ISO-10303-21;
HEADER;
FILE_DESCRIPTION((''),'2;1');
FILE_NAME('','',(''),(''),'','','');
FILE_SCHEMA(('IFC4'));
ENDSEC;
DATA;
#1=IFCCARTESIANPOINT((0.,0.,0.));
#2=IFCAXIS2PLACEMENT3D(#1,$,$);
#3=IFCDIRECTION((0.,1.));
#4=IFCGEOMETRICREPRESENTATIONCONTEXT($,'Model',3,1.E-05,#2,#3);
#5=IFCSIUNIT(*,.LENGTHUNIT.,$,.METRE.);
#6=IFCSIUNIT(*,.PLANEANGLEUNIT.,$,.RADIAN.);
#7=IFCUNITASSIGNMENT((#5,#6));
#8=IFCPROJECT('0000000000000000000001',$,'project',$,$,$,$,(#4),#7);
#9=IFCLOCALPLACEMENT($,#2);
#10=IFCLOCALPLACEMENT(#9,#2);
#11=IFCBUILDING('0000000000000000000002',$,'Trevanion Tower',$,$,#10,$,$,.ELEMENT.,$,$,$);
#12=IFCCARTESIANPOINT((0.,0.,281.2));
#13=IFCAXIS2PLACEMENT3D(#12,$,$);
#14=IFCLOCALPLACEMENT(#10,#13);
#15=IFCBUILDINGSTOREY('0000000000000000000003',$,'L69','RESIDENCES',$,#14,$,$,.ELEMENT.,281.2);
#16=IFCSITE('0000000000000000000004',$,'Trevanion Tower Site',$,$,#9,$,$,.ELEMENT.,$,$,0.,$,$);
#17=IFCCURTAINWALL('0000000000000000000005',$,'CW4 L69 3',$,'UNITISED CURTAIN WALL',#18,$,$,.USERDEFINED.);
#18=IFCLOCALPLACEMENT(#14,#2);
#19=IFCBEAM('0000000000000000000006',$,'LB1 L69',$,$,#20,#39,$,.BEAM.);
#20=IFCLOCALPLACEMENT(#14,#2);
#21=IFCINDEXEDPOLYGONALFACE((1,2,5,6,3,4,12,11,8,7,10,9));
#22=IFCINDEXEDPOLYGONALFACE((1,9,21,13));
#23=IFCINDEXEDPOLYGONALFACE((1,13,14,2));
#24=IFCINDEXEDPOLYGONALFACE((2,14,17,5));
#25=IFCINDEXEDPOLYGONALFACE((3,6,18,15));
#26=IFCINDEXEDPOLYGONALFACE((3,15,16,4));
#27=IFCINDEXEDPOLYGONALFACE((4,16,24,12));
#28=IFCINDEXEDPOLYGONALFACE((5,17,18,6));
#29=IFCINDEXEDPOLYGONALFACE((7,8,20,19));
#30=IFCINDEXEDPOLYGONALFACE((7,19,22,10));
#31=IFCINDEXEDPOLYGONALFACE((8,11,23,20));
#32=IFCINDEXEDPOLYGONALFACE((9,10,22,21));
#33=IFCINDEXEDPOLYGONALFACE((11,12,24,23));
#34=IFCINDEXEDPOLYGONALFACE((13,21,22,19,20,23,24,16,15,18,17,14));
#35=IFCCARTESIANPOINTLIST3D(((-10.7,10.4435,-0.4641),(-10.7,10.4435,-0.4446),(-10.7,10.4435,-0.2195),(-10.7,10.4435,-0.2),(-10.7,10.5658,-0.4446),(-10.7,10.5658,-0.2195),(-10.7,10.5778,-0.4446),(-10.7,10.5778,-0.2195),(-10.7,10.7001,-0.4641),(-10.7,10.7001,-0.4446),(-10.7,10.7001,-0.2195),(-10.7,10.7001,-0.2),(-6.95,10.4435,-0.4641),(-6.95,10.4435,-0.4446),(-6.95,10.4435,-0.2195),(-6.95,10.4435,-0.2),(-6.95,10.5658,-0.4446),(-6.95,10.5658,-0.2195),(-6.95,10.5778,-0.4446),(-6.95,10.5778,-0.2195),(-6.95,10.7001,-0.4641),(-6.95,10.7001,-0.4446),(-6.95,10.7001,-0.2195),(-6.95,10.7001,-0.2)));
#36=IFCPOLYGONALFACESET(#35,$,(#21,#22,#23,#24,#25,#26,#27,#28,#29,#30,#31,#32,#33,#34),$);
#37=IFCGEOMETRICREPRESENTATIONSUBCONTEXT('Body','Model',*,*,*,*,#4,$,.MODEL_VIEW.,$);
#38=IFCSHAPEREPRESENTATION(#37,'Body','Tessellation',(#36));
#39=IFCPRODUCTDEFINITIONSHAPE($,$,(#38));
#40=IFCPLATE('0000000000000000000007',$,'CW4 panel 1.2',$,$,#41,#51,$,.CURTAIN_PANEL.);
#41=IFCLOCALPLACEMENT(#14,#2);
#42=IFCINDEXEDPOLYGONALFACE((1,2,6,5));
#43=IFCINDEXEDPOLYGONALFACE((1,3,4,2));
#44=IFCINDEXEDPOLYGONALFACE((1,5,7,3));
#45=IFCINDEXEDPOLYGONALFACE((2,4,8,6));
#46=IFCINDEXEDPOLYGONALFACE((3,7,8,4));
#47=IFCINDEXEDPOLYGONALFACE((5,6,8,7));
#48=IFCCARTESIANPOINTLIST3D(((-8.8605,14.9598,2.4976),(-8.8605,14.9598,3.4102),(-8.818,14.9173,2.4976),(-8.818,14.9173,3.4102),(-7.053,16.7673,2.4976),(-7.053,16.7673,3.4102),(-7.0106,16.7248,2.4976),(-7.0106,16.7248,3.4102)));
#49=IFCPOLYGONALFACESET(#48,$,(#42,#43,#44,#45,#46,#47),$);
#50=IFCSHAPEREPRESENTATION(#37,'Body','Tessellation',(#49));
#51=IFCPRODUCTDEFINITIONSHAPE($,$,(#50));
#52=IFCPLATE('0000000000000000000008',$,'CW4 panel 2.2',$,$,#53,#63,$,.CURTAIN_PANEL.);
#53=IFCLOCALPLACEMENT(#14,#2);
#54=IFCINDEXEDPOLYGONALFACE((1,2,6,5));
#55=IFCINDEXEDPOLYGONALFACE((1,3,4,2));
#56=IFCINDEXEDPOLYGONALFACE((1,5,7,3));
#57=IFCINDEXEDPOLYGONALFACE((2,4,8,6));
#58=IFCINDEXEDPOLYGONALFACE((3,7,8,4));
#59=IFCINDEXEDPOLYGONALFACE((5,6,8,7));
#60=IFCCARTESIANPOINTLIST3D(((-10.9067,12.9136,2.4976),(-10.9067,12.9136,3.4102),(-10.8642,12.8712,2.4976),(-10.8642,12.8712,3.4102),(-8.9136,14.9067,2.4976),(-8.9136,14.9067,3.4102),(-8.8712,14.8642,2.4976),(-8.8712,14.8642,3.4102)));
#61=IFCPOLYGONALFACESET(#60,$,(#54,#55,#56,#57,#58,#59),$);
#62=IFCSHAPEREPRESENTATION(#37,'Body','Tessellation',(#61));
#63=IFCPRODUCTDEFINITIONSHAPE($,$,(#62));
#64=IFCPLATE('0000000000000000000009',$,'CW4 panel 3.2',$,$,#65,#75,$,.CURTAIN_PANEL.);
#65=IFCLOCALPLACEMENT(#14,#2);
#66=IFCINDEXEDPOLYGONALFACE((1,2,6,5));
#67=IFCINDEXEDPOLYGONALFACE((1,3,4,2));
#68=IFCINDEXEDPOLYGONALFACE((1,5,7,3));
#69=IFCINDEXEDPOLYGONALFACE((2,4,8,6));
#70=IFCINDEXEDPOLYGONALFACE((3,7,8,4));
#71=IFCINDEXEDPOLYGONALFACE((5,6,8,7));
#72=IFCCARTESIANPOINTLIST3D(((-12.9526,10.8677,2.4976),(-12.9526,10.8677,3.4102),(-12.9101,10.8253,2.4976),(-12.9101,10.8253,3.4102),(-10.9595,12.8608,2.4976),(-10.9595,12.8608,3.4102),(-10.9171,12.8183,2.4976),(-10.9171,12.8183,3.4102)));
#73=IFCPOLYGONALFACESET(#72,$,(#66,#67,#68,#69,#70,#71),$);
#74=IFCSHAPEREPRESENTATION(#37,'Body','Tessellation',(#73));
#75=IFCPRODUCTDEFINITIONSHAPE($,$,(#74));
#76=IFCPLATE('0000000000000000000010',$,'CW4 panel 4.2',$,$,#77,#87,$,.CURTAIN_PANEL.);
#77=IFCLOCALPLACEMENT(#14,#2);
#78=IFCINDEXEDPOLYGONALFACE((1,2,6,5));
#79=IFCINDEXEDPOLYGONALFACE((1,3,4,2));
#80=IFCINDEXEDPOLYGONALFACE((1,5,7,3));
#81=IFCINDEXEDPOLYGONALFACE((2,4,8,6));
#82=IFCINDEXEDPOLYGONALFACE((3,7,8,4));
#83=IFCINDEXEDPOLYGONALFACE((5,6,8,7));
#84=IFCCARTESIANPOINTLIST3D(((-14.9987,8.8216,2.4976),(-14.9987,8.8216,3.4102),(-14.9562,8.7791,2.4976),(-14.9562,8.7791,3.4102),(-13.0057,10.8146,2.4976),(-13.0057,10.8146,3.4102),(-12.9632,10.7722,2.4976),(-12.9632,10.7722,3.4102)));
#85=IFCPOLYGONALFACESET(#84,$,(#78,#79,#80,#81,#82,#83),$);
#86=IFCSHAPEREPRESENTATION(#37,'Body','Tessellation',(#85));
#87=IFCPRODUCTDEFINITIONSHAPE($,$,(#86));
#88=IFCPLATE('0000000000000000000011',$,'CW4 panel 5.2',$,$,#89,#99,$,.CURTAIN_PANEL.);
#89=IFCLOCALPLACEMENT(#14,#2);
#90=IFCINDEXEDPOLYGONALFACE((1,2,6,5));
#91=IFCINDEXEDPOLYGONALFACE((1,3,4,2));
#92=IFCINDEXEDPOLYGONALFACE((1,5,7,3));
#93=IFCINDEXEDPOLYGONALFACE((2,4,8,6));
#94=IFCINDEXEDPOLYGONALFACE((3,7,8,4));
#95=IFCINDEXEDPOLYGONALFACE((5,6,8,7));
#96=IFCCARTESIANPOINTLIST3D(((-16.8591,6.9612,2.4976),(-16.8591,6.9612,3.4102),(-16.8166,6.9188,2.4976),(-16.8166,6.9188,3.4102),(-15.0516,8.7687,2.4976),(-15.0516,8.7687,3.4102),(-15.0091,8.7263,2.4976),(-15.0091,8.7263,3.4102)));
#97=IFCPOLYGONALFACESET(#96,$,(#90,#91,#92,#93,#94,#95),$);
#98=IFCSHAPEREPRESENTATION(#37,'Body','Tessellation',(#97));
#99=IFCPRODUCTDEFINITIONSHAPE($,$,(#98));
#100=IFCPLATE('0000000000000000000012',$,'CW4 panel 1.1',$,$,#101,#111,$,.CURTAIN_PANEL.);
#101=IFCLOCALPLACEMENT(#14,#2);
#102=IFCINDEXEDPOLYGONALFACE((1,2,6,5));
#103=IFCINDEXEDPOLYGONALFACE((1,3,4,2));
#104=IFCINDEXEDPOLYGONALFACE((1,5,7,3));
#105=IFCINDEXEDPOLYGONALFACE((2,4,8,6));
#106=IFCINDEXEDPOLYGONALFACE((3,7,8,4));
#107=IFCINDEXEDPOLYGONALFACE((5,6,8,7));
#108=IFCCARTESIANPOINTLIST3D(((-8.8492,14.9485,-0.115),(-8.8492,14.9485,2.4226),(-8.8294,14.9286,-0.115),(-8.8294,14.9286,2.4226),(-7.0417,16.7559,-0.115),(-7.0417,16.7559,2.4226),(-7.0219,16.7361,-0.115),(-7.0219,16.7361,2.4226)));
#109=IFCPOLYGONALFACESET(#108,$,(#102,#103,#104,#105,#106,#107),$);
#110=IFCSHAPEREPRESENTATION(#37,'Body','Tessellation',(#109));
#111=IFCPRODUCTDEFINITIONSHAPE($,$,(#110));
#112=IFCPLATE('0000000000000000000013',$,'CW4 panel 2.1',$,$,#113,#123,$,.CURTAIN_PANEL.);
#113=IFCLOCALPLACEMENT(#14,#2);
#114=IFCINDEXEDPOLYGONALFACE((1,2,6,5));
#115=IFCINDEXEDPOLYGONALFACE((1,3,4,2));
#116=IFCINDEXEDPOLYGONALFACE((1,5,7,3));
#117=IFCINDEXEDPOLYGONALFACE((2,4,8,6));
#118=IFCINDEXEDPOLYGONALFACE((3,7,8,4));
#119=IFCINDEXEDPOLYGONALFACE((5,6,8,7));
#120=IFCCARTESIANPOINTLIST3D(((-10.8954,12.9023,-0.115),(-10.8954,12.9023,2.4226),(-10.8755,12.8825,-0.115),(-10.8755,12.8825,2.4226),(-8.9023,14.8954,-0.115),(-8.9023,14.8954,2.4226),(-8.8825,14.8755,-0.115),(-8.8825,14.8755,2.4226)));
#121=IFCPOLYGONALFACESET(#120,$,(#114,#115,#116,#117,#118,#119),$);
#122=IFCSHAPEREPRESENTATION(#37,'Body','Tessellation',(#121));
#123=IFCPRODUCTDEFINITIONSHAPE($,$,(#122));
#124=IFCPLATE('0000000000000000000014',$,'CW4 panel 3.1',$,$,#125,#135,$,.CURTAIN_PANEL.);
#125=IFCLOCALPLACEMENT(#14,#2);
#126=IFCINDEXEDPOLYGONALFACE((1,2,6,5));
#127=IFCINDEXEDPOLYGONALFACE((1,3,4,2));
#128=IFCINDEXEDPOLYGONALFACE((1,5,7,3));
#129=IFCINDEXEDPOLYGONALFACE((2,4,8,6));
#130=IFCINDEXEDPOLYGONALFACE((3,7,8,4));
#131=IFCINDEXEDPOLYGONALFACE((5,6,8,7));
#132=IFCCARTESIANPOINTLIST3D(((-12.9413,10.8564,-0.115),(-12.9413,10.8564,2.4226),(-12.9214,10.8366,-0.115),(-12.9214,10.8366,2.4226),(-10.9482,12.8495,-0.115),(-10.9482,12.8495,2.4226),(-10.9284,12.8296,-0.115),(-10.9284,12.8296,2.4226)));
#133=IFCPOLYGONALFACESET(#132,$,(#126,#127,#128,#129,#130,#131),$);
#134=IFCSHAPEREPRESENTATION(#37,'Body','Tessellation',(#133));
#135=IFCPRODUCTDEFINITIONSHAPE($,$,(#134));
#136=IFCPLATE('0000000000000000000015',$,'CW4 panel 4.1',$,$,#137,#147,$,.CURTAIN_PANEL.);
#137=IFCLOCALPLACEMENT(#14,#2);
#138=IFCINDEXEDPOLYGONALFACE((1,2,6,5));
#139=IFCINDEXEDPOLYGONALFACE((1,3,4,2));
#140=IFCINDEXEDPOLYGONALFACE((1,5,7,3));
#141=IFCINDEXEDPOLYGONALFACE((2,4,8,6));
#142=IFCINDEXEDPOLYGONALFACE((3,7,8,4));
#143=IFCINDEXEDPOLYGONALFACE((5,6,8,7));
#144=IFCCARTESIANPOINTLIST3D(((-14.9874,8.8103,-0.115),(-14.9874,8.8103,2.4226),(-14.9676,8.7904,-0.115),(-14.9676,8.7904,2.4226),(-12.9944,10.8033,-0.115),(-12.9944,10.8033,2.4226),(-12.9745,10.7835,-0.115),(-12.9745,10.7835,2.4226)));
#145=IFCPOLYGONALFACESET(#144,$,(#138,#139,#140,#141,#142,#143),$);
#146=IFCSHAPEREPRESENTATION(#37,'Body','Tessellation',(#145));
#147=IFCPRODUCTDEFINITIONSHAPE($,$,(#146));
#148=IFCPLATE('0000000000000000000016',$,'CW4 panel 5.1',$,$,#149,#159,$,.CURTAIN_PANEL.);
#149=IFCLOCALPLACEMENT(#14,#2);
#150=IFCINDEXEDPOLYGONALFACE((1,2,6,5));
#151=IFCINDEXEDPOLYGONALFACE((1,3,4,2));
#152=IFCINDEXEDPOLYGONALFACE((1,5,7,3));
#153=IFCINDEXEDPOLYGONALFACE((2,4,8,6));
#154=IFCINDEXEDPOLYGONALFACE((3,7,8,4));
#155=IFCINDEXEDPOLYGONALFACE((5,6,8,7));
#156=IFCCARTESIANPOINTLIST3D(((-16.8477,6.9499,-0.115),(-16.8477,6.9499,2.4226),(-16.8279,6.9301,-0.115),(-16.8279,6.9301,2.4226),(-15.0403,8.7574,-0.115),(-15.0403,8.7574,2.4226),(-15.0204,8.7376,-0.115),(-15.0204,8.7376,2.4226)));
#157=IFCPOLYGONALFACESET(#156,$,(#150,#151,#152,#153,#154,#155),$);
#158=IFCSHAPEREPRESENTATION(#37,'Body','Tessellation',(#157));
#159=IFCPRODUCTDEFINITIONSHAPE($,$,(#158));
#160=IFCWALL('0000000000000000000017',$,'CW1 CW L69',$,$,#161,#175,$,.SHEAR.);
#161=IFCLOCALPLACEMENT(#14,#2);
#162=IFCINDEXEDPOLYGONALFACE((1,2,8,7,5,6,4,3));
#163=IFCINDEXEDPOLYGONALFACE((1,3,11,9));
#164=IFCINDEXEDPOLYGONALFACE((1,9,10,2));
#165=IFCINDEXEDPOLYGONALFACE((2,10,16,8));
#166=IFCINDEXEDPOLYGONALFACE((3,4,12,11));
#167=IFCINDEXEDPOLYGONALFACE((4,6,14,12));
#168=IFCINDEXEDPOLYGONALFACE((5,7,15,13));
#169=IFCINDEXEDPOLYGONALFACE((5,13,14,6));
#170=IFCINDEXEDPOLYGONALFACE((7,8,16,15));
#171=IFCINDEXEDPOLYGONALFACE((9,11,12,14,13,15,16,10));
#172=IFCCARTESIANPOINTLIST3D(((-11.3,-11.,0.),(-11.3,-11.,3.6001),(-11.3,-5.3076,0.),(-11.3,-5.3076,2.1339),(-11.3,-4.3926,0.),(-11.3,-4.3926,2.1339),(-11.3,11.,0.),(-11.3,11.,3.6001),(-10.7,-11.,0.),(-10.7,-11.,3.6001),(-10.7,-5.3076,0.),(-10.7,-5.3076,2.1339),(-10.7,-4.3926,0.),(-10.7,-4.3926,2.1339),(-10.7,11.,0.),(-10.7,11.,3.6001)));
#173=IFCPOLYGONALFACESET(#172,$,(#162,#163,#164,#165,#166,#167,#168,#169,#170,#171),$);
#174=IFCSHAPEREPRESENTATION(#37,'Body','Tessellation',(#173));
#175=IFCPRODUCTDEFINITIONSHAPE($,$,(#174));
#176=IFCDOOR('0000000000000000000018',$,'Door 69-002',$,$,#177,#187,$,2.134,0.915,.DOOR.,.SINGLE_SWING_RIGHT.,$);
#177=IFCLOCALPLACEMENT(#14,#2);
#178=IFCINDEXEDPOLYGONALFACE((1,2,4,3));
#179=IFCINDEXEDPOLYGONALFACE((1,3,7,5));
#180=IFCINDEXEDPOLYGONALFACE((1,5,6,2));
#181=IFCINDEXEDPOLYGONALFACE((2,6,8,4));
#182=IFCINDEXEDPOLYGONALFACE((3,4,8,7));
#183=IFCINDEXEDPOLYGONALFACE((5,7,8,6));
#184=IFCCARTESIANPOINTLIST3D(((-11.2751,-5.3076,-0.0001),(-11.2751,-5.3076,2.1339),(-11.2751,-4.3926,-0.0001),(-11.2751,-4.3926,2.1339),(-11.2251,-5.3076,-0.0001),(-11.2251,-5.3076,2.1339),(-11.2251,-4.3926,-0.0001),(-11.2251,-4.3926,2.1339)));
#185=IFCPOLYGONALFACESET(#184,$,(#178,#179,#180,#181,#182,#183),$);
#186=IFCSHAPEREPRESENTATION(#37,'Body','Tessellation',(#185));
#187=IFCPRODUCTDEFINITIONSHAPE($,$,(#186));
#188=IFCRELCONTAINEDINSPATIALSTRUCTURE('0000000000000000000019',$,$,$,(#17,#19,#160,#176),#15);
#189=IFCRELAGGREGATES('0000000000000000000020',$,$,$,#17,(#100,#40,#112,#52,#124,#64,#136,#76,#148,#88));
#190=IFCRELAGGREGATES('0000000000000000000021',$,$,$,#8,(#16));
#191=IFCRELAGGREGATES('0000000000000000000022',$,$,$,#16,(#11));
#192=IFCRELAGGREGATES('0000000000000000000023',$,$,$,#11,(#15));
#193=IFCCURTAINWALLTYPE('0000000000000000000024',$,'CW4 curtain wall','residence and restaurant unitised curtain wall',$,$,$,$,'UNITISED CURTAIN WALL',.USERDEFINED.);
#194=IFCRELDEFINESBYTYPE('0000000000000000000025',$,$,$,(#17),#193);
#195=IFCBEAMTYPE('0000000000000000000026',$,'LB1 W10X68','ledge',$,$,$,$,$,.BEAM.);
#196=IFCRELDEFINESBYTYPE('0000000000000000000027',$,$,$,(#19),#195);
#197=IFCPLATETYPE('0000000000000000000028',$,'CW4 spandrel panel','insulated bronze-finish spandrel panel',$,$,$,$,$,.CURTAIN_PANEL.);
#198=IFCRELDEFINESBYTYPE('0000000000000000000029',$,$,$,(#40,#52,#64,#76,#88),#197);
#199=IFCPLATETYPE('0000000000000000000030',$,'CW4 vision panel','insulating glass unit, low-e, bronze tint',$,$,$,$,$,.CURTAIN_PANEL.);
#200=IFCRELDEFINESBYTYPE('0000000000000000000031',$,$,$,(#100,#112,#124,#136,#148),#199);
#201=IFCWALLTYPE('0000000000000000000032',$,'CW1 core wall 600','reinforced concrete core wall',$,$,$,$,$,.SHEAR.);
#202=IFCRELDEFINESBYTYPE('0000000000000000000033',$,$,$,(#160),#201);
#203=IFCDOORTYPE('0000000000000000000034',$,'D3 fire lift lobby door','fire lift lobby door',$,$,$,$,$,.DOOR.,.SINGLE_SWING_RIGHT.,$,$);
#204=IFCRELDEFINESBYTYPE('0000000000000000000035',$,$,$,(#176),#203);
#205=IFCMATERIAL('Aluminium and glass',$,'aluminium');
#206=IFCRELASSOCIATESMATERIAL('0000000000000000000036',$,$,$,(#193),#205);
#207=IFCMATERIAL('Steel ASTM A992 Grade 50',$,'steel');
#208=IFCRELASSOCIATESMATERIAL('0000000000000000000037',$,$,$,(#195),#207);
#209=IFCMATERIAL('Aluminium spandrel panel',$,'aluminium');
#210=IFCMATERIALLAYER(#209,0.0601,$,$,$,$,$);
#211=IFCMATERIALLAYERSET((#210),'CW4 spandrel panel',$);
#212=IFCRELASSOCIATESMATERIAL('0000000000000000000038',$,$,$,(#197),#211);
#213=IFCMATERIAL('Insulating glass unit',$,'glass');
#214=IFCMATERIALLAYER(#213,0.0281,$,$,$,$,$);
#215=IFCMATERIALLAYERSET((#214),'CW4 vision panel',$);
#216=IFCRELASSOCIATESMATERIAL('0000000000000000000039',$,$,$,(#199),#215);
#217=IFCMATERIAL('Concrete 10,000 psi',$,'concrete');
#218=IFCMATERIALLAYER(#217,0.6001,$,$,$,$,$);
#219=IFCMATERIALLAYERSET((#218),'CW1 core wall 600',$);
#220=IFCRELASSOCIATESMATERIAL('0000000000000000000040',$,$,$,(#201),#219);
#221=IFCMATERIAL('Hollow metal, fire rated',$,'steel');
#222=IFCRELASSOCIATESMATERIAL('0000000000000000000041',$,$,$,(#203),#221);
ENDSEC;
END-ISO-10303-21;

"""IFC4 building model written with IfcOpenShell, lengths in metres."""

from ifc_helpers import new_model, si_unit, direction, frame, frame_2d, origin, origin_2d, place, context, subcontext, project, spatial, rectangle, i_section, extrude, material, layer, layer_set, material_profile, profile_set, type_object, element, fill, aggregate, save


model = new_model("IFC4")

# Units and contexts
model_context = context("Model", 3, precision=1e-05, world=origin(), true_north=direction((0.0, 1.0)))
body_context = subcontext(model_context, "Body", "Model", "MODEL_VIEW")
ifc_project = project(units=[si_unit("LENGTHUNIT", "METRE"), si_unit("PLANEANGLEUNIT", "RADIAN")], contexts=[model_context])

# Site, building, storey
site_placement = place(None, origin())
site = spatial("IfcSite", under=ifc_project, at=site_placement, Name="Trevanion Tower Site", CompositionType="ELEMENT", RefElevation=0.0)
building_placement = place(site_placement, origin())
building = spatial("IfcBuilding", under=site, at=building_placement, Name="Trevanion Tower", CompositionType="ELEMENT")
storey_placement = place(building_placement, frame((0.0, 0.0, 281.2)))
storey = spatial("IfcBuildingStorey", under=building, at=storey_placement, Name="L69", Description="RESIDENCES", CompositionType="ELEMENT", Elevation=281.2)

# Curtain wall
ifc_material_1 = material(Name="Aluminium and glass", Category="aluminium")
curtain_wall_type = type_object("IfcCurtainWallType", Name="CW4 curtain wall", Description="residence and restaurant unitised curtain wall", ElementType="UNITISED CURTAIN WALL", PredefinedType="USERDEFINED", material=ifc_material_1)
curtain_wall_placement = place(storey_placement, origin())
curtain_wall = element("IfcCurtainWall", 1, at=curtain_wall_placement, inside=storey, type_object=curtain_wall_type, Name="CW4 L69 3", ObjectType="UNITISED CURTAIN WALL", PredefinedType="USERDEFINED")

# Beam
ifc_material_2 = material(Name="Steel ASTM A992 Grade 50", Category="steel")
ifc_material_profile_1 = material_profile(ifc_material_2, i_section(OverallWidth=0.2566, OverallDepth=0.2642, WebThickness=0.012, FlangeThickness=0.0195, at=origin_2d()), Name="W10X68")
ifc_profile_set_1 = profile_set([ifc_material_profile_1], Name="Steel ASTM A992 Grade 50")
beam_type = type_object("IfcBeamType", Name="LB1 W10X68", Description="ledge", PredefinedType="BEAM", material=ifc_profile_set_1)
beam_placement = place(storey_placement, frame((-10.7, 10.5718, -0.332), z_axis=(1.0, 0.0, 0.0), x_axis=(0.0, 1.0, 0.0)))
element("IfcBeam", 2, at=beam_placement, inside=storey, type_object=beam_type, Name="LB1 L69", PredefinedType="BEAM", context=body_context, shape_type="SweptSolid", body=[
    extrude(i_section(OverallWidth=0.2566, OverallDepth=0.2642, WebThickness=0.012, FlangeThickness=0.0195, at=origin_2d()), origin(), (0.0, 0.0, 1.0), 3.75),
])

# Plates
ifc_material_3 = material(Name="Aluminium spandrel panel", Category="aluminium")
ifc_layer_1 = layer(ifc_material_3, 0.0601)
ifc_layer_set_1 = layer_set([ifc_layer_1], Name="CW4 spandrel panel")
plate_type_1 = type_object("IfcPlateType", Name="CW4 spandrel panel", Description="insulated bronze-finish spandrel panel", PredefinedType="CURTAIN_PANEL", material=ifc_layer_set_1)
plate_1_placement = place(storey_placement, frame((-7.9355, 15.8423, 2.4976), z_axis=(0.0, 0.0, 1.0), x_axis=(-0.707107, -0.707107, 0.0)))
plate_1 = element("IfcPlate", 3, at=plate_1_placement, type_object=plate_type_1, Name="CW4 panel 1.2", PredefinedType="CURTAIN_PANEL", context=body_context, shape_type="SweptSolid", body=[
    extrude(rectangle(XDim=2.5562, YDim=0.0601, at=origin_2d()), origin(), (0.0, 0.0, 1.0), 0.9126),
])
plate_2_placement = place(storey_placement, frame((-9.8889, 13.8889, 2.4976), z_axis=(0.0, 0.0, 1.0), x_axis=(-0.707107, -0.707107, 0.0)))
plate_2 = element("IfcPlate", 4, at=plate_2_placement, type_object=plate_type_1, Name="CW4 panel 2.2", PredefinedType="CURTAIN_PANEL", context=body_context, shape_type="SweptSolid", body=[
    extrude(rectangle(XDim=2.8186, YDim=0.0601, at=origin_2d()), origin(), (0.0, 0.0, 1.0), 0.9126),
])
plate_3_placement = place(storey_placement, frame((-11.9348, 11.843, 2.4976), z_axis=(0.0, 0.0, 1.0), x_axis=(-0.707107, -0.707107, 0.0)))
plate_3 = element("IfcPlate", 5, at=plate_3_placement, type_object=plate_type_1, Name="CW4 panel 3.2", PredefinedType="CURTAIN_PANEL", context=body_context, shape_type="SweptSolid", body=[
    extrude(rectangle(XDim=2.8186, YDim=0.0601, at=origin_2d()), origin(), (0.0, 0.0, 1.0), 0.9126),
])
plate_4_placement = place(storey_placement, frame((-13.981, 9.7969, 2.4976), z_axis=(0.0, 0.0, 1.0), x_axis=(-0.707107, -0.707107, 0.0)))
plate_4 = element("IfcPlate", 6, at=plate_4_placement, type_object=plate_type_1, Name="CW4 panel 4.2", PredefinedType="CURTAIN_PANEL", context=body_context, shape_type="SweptSolid", body=[
    extrude(rectangle(XDim=2.8186, YDim=0.0601, at=origin_2d()), origin(), (0.0, 0.0, 1.0), 0.9126),
])
plate_5_placement = place(storey_placement, frame((-15.9341, 7.8438, 2.4976), z_axis=(0.0, 0.0, 1.0), x_axis=(-0.707107, -0.707107, 0.0)))
plate_5 = element("IfcPlate", 7, at=plate_5_placement, type_object=plate_type_1, Name="CW4 panel 5.2", PredefinedType="CURTAIN_PANEL", context=body_context, shape_type="SweptSolid", body=[
    extrude(rectangle(XDim=2.5562, YDim=0.0601, at=origin_2d()), origin(), (0.0, 0.0, 1.0), 0.9126),
])
ifc_material_4 = material(Name="Insulating glass unit", Category="glass")
ifc_layer_2 = layer(ifc_material_4, 0.0281)
ifc_layer_set_2 = layer_set([ifc_layer_2], Name="CW4 vision panel")
plate_type_2 = type_object("IfcPlateType", Name="CW4 vision panel", Description="insulating glass unit, low-e, bronze tint", PredefinedType="CURTAIN_PANEL", material=ifc_layer_set_2)
plate_6_placement = place(storey_placement, frame((-7.9355, 15.8423, -0.115), z_axis=(0.0, 0.0, 1.0), x_axis=(-0.707107, -0.707107, 0.0)))
plate_6 = element("IfcPlate", 8, at=plate_6_placement, type_object=plate_type_2, Name="CW4 panel 1.1", PredefinedType="CURTAIN_PANEL", context=body_context, shape_type="SweptSolid", body=[
    extrude(rectangle(XDim=2.5562, YDim=0.0281, at=origin_2d()), origin(), (0.0, 0.0, 1.0), 2.5376),
])
plate_7_placement = place(storey_placement, frame((-9.8889, 13.8889, -0.115), z_axis=(0.0, 0.0, 1.0), x_axis=(-0.707107, -0.707107, 0.0)))
plate_7 = element("IfcPlate", 9, at=plate_7_placement, type_object=plate_type_2, Name="CW4 panel 2.1", PredefinedType="CURTAIN_PANEL", context=body_context, shape_type="SweptSolid", body=[
    extrude(rectangle(XDim=2.8186, YDim=0.0281, at=origin_2d()), origin(), (0.0, 0.0, 1.0), 2.5376),
])
plate_8_placement = place(storey_placement, frame((-11.9348, 11.843, -0.115), z_axis=(0.0, 0.0, 1.0), x_axis=(-0.707107, -0.707107, 0.0)))
plate_8 = element("IfcPlate", 10, at=plate_8_placement, type_object=plate_type_2, Name="CW4 panel 3.1", PredefinedType="CURTAIN_PANEL", context=body_context, shape_type="SweptSolid", body=[
    extrude(rectangle(XDim=2.8186, YDim=0.0281, at=origin_2d()), origin(), (0.0, 0.0, 1.0), 2.5376),
])
plate_9_placement = place(storey_placement, frame((-13.981, 9.7969, -0.115), z_axis=(0.0, 0.0, 1.0), x_axis=(-0.707107, -0.707107, 0.0)))
plate_9 = element("IfcPlate", 11, at=plate_9_placement, type_object=plate_type_2, Name="CW4 panel 4.1", PredefinedType="CURTAIN_PANEL", context=body_context, shape_type="SweptSolid", body=[
    extrude(rectangle(XDim=2.8186, YDim=0.0281, at=origin_2d()), origin(), (0.0, 0.0, 1.0), 2.5376),
])
plate_10_placement = place(storey_placement, frame((-15.9341, 7.8438, -0.115), z_axis=(0.0, 0.0, 1.0), x_axis=(-0.707107, -0.707107, 0.0)))
plate_10 = element("IfcPlate", 12, at=plate_10_placement, type_object=plate_type_2, Name="CW4 panel 5.1", PredefinedType="CURTAIN_PANEL", context=body_context, shape_type="SweptSolid", body=[
    extrude(rectangle(XDim=2.5562, YDim=0.0281, at=origin_2d()), origin(), (0.0, 0.0, 1.0), 2.5376),
])
aggregate(curtain_wall, [plate_6, plate_1, plate_7, plate_2, plate_8, plate_3, plate_9, plate_4, plate_10, plate_5])

# Wall, opening, door
ifc_material_5 = material(Name="Concrete 10,000 psi", Category="concrete")
ifc_layer_3 = layer(ifc_material_5, 0.6001)
ifc_layer_set_3 = layer_set([ifc_layer_3], Name="CW1 core wall 600")
wall_type_1 = type_object("IfcWallType", Name="CW1 core wall 600", Description="reinforced concrete core wall", PredefinedType="SHEAR", material=ifc_layer_set_3)
wall_1_placement = place(storey_placement, frame((-11.0, 11.0, 0.0), z_axis=(0.0, 0.0, 1.0), x_axis=(0.0, -1.0, 0.0)))
wall_1 = element("IfcWall", 13, at=wall_1_placement, inside=storey, type_object=wall_type_1, Name="CW1 CW L69", PredefinedType="SHEAR", context=body_context, shape_type="SweptSolid", body=[
    extrude(rectangle(XDim=22.0, YDim=0.6001, at=frame_2d((11.0, 0.0))), origin(), (0.0, 0.0, 1.0), 3.6001),
])
opening_placement = place(wall_1_placement, frame((15.3926, 0.0, 0.0)))
opening = element("IfcOpeningElement", 14, at=opening_placement, cuts=wall_1, PredefinedType="OPENING", context=body_context, shape_type="SweptSolid", body=[
    extrude(rectangle(XDim=0.915, YDim=2.134, at=frame_2d((0.4575, 1.0669))), frame((0.0, 0.3101, 0.0), z_axis=(0.0, -1.0, 0.0), x_axis=(1.0, 0.0, 0.0)), (0.0, 0.0, 1.0), 0.6201),
])
ifc_material_6 = material(Name="Hollow metal, fire rated", Category="steel")
door_type = type_object("IfcDoorType", Name="D3 fire lift lobby door", Description="fire lift lobby door", OperationType="SINGLE_SWING_RIGHT", PredefinedType="DOOR", material=ifc_material_6)
door_placement = place(opening_placement, origin())
door = element("IfcDoor", 15, at=door_placement, inside=storey, type_object=door_type, Name="Door 69-002", OperationType="SINGLE_SWING_RIGHT", OverallHeight=2.134, OverallWidth=0.915, PredefinedType="DOOR", context=body_context, shape_type="SweptSolid", body=[
    extrude(rectangle(XDim=0.915, YDim=2.134, at=frame_2d((0.4575, 1.0669))), frame((0.0, -0.2251, 0.0), z_axis=(0.0, -1.0, 0.0), x_axis=(1.0, 0.0, 0.0)), (0.0, 0.0, 1.0), 0.05),
])
fill(opening, door)

save(model, "model.ifc")
